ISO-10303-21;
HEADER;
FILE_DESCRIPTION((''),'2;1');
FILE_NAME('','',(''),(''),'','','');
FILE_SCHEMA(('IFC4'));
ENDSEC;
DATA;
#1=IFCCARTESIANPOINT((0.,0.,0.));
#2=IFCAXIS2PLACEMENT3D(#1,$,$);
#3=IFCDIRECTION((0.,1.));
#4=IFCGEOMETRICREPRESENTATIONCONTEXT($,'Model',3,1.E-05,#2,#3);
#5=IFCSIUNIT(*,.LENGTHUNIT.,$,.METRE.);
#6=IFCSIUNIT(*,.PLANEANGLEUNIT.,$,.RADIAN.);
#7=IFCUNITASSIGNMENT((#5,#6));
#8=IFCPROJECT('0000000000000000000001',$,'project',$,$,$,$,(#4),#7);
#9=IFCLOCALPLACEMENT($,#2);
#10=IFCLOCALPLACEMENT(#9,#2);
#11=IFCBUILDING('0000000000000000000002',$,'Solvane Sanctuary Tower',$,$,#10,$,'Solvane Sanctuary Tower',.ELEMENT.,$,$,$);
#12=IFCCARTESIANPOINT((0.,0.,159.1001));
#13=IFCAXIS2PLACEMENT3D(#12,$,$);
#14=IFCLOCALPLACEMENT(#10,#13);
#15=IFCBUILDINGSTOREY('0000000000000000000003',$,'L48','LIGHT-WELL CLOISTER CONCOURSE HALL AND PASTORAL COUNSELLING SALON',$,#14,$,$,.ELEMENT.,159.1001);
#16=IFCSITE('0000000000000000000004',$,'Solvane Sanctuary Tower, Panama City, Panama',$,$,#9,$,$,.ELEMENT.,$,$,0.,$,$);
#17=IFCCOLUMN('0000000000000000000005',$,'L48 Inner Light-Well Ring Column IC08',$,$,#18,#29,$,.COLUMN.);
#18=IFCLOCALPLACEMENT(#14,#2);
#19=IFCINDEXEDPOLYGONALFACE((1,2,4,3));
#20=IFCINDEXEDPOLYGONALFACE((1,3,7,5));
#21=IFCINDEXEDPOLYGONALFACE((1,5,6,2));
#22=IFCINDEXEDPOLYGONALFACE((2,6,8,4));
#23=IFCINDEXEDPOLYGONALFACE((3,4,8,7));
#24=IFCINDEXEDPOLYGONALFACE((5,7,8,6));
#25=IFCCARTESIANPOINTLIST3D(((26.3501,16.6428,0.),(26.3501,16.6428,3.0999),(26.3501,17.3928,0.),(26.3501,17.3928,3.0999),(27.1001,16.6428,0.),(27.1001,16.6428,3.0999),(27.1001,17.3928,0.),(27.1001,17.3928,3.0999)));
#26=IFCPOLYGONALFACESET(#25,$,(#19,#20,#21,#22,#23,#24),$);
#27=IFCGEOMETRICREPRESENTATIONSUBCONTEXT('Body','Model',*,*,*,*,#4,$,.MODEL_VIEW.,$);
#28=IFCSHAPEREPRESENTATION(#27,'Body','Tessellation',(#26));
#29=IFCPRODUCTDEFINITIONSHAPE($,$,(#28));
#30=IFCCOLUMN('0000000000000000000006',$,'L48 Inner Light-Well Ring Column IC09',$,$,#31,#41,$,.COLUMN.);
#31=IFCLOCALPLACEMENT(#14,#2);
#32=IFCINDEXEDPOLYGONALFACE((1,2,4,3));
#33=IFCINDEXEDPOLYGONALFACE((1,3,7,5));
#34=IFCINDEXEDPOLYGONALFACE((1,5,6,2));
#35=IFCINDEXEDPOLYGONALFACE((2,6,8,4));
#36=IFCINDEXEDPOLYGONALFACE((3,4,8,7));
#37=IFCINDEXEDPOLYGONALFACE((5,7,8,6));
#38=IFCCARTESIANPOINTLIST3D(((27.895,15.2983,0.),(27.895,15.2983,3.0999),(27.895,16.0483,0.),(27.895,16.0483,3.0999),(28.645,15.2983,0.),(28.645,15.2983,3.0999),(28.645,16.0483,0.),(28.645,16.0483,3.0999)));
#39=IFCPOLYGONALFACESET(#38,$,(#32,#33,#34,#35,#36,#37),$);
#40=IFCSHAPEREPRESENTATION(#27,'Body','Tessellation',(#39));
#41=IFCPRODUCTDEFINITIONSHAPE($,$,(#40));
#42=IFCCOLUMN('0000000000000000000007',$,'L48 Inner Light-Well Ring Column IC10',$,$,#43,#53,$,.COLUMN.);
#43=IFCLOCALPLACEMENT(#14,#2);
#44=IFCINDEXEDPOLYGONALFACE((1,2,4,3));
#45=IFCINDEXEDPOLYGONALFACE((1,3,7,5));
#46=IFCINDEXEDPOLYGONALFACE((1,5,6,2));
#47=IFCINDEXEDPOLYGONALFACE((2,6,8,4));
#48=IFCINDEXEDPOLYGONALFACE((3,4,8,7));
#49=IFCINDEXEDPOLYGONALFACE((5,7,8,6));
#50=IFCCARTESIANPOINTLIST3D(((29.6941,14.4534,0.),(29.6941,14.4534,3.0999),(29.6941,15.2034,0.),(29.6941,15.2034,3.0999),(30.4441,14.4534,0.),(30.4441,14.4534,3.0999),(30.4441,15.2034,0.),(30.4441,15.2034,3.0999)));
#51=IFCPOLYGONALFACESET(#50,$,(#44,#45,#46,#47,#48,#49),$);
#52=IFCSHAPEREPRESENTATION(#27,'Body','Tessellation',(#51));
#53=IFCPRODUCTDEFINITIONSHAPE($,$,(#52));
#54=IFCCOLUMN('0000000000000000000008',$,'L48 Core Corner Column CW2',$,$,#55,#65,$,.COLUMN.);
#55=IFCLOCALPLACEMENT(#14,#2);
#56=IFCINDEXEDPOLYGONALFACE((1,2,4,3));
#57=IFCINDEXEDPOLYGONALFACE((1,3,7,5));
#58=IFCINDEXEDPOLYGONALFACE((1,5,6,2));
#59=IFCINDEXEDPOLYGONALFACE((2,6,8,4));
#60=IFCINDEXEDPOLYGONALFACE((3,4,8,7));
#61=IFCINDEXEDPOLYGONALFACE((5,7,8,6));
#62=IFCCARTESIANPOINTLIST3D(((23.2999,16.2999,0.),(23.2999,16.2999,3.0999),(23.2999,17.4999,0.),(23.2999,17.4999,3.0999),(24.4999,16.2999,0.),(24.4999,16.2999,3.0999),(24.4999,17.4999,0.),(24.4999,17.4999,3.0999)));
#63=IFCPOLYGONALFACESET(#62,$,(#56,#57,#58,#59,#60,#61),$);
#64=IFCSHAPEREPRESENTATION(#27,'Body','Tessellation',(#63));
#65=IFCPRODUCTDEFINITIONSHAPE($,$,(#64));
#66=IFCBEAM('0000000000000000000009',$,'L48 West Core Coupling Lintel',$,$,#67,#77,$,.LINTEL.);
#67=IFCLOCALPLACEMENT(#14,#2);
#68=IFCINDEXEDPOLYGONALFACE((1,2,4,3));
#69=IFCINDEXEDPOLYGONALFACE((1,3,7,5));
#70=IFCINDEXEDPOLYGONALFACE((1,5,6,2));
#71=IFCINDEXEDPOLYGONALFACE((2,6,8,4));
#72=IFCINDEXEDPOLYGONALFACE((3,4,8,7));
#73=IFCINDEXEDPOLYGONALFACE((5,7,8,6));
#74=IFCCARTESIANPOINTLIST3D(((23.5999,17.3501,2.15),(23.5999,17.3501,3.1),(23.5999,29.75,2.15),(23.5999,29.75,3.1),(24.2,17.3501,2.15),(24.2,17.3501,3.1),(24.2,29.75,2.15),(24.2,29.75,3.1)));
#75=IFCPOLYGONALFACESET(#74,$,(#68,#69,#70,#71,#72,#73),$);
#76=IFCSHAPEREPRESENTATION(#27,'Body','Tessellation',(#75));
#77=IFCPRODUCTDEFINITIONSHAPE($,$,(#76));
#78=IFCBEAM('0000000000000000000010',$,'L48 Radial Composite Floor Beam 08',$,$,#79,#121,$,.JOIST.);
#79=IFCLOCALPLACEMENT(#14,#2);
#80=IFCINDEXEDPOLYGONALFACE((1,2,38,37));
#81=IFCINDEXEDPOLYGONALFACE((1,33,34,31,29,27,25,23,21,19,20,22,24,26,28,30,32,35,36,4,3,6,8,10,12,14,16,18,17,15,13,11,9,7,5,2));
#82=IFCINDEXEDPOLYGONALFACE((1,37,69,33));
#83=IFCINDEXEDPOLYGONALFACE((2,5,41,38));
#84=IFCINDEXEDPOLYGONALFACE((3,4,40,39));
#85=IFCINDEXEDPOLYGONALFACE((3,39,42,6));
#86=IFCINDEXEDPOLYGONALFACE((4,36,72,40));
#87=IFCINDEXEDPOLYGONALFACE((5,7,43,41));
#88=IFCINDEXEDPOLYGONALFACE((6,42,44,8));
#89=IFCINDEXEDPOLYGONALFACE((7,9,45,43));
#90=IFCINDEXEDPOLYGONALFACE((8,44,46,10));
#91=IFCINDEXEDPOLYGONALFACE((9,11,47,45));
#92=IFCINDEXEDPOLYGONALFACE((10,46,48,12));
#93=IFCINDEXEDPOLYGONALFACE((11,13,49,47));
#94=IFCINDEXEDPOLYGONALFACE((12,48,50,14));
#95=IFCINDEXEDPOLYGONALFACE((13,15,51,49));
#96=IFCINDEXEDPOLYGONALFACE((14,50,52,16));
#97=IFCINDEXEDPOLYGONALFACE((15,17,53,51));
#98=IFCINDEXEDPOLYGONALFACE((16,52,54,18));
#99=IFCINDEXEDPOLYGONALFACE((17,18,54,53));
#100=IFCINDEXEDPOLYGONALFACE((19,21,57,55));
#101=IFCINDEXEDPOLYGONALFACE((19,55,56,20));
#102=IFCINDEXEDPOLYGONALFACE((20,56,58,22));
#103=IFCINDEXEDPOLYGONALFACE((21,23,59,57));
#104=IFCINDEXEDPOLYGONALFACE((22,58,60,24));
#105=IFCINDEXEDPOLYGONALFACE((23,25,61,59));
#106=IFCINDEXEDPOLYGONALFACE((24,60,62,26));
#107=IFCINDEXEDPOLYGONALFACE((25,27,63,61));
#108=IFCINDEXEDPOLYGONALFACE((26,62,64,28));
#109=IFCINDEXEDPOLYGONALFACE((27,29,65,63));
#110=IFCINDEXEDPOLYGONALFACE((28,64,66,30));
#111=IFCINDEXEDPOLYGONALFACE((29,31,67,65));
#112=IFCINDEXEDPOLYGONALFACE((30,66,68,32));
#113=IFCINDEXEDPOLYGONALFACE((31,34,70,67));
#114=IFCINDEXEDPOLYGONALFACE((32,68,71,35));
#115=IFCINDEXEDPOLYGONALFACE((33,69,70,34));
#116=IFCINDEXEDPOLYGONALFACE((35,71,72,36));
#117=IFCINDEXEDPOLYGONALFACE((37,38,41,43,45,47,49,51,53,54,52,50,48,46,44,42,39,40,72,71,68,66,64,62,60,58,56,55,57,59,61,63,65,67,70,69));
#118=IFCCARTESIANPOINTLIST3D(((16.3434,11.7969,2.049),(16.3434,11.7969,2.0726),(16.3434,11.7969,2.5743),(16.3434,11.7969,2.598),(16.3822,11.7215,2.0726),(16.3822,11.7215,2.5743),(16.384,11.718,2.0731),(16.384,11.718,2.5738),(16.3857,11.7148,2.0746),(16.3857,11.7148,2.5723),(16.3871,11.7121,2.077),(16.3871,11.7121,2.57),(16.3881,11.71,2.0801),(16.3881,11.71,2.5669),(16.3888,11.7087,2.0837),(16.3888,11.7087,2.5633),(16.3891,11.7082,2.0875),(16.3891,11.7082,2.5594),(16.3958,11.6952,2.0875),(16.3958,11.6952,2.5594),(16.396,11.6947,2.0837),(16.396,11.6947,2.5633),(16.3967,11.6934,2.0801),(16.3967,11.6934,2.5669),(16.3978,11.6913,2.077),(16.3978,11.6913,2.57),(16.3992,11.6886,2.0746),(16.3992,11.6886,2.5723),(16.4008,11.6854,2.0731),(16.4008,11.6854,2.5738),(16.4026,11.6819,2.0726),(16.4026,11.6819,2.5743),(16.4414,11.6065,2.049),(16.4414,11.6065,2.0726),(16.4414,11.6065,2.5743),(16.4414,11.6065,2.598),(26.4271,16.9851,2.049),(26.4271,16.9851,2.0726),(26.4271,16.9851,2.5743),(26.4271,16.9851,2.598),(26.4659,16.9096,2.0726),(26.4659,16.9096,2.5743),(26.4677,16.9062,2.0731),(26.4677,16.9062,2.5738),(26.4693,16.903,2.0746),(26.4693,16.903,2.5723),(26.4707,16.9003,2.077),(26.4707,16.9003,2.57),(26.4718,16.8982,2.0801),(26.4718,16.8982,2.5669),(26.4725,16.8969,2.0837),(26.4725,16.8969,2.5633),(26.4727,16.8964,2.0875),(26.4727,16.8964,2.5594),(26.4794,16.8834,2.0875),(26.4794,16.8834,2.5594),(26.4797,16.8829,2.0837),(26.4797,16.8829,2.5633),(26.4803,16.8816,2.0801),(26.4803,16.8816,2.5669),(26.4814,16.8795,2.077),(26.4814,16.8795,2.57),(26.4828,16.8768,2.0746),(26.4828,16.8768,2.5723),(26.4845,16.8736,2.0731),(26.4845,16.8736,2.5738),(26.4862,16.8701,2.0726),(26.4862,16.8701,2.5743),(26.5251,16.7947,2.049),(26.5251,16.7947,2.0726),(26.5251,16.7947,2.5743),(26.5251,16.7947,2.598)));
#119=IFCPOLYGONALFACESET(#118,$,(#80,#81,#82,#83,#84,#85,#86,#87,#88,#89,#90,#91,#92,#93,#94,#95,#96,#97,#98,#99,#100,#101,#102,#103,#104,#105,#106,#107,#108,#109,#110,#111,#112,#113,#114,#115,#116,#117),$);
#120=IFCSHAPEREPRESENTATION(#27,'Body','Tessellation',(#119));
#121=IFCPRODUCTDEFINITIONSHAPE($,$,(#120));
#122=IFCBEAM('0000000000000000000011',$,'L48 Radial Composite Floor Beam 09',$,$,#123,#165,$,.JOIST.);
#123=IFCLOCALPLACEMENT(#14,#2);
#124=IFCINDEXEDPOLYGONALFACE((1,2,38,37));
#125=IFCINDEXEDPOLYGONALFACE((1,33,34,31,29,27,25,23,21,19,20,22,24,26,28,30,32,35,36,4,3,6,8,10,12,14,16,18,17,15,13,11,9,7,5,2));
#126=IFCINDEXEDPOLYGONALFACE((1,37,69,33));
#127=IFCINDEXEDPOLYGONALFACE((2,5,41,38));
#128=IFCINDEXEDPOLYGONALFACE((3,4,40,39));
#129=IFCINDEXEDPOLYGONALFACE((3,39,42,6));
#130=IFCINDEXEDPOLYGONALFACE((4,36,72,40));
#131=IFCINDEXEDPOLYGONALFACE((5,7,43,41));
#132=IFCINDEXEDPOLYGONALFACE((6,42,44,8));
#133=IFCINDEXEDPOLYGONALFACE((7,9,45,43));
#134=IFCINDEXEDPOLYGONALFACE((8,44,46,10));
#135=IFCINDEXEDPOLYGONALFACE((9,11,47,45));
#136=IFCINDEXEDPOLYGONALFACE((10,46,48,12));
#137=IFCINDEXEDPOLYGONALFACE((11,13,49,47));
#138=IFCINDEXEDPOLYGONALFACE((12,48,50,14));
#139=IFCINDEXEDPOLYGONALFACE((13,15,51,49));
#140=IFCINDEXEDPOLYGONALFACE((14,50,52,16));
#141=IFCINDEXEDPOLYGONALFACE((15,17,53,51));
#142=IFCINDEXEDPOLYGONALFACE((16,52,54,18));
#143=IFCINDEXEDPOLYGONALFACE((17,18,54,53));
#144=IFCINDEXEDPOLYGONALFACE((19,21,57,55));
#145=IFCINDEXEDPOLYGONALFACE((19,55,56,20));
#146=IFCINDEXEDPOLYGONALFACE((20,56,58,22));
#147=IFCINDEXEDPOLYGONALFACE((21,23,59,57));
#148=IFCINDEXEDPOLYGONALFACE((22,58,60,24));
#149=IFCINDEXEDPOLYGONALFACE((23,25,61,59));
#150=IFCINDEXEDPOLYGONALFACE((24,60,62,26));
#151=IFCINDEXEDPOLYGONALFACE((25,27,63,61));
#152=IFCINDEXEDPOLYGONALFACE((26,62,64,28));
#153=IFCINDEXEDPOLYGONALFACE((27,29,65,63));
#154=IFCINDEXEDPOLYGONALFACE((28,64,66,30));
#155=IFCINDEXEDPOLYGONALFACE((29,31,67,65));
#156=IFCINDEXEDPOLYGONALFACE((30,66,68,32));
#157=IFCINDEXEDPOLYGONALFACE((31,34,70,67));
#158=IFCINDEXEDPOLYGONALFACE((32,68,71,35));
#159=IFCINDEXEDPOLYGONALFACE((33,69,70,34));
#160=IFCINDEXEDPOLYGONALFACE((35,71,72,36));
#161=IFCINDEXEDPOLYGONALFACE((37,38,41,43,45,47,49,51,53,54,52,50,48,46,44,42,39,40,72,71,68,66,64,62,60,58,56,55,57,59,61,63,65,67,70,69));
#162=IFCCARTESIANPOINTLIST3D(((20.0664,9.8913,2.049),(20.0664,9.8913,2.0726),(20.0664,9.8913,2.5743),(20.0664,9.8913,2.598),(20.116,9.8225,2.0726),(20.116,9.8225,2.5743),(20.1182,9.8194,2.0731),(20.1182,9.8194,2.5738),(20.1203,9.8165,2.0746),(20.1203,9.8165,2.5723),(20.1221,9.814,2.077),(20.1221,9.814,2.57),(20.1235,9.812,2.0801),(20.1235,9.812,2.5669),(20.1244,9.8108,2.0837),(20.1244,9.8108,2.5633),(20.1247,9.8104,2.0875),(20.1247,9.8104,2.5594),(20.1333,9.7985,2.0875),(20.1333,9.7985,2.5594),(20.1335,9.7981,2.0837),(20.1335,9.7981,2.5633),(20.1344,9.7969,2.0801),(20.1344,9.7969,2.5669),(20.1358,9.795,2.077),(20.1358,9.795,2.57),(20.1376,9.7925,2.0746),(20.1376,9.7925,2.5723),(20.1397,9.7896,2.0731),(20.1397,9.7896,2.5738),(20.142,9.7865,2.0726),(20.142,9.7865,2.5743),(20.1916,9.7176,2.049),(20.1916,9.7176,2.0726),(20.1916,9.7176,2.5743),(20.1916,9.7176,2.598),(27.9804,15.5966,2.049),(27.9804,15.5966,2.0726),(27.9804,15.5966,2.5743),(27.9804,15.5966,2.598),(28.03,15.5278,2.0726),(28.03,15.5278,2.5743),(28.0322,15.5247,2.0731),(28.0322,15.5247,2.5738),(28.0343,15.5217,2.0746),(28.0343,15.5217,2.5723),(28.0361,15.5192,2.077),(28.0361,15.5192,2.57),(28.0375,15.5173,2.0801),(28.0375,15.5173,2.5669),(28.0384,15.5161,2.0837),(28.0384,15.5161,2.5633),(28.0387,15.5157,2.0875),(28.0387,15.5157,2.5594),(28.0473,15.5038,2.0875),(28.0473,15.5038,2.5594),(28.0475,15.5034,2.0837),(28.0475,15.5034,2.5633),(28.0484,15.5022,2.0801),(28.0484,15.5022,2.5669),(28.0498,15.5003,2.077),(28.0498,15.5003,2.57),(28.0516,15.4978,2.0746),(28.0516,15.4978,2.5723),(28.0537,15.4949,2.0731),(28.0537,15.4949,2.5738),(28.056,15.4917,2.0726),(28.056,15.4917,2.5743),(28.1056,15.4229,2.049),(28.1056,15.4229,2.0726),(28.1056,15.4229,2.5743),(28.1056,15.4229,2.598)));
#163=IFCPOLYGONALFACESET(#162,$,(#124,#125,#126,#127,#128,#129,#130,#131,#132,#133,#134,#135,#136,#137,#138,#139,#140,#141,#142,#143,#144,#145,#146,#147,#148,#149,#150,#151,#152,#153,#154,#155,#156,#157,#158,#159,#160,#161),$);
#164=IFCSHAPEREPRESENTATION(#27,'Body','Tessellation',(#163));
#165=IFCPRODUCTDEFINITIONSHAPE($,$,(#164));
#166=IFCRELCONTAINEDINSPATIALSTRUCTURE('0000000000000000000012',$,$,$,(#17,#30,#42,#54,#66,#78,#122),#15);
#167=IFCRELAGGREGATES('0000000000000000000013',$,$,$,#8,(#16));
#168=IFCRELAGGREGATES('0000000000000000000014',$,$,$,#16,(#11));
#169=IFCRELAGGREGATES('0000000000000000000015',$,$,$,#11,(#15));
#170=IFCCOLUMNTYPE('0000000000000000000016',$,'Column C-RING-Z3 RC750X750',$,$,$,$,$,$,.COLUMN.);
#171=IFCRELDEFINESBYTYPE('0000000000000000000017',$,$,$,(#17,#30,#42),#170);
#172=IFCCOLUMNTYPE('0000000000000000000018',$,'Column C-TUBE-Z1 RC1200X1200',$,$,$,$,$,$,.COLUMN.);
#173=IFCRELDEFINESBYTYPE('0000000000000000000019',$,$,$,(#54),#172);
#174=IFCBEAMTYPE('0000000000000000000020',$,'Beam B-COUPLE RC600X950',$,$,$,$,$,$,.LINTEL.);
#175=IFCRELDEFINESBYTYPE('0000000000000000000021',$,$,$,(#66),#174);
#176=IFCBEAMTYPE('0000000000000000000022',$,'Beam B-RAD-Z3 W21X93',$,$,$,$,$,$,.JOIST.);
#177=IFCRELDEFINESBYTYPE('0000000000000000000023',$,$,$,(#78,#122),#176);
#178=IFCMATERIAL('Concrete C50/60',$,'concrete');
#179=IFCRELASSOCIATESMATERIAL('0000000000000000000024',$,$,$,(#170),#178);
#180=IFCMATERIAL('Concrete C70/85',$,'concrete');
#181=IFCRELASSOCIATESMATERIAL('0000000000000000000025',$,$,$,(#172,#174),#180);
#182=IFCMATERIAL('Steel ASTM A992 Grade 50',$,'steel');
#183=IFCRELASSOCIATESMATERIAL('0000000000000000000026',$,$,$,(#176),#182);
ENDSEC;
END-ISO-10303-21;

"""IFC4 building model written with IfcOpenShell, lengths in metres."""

from ifc_helpers import new_model, si_unit, direction, frame, origin, origin_2d, place, context, subcontext, project, spatial, rectangle, i_section, extrude, material, material_profile, profile_set, type_object, element, save


model = new_model("IFC4")

# Units and contexts
model_context = context("Model", 3, precision=1e-05, world=origin(), true_north=direction((0.0, 1.0)))
body_context = subcontext(model_context, "Body", "Model", "MODEL_VIEW")
ifc_project = project(units=[si_unit("LENGTHUNIT", "METRE"), si_unit("PLANEANGLEUNIT", "RADIAN")], contexts=[model_context])

# Site, building, storey
site_placement = place(None, origin())
site = spatial("IfcSite", under=ifc_project, at=site_placement, Name="Solvane Sanctuary Tower, Panama City, Panama", CompositionType="ELEMENT", RefElevation=0.0)
building_placement = place(site_placement, origin())
building = spatial("IfcBuilding", under=site, at=building_placement, Name="Solvane Sanctuary Tower", LongName="Solvane Sanctuary Tower", CompositionType="ELEMENT")
storey_placement = place(building_placement, frame((0.0, 0.0, 159.1001)))
storey = spatial("IfcBuildingStorey", under=building, at=storey_placement, Name="L48", Description="LIGHT-WELL CLOISTER CONCOURSE HALL AND PASTORAL COUNSELLING SALON", CompositionType="ELEMENT", Elevation=159.1001)

# Columns
ifc_material_1 = material(Name="Concrete C50/60", Category="concrete")
ifc_material_profile_1 = material_profile(ifc_material_1, rectangle(XDim=0.75, YDim=0.75, at=origin_2d()), Name="RC750X750")
ifc_profile_set_1 = profile_set([ifc_material_profile_1], Name="Concrete C50/60")
column_type_1 = type_object("IfcColumnType", Name="Column C-RING-Z3 RC750X750", PredefinedType="COLUMN", material=ifc_profile_set_1)
for number, where, z_axis, x_axis, name in (
    (1, (26.7251, 17.0178, 0.0), (0.0, 0.0, 1.0), (1.0, 0.0, 0.0), "L48 Inner Light-Well Ring Column IC08"),
    (2, (28.27, 15.6733, 0.0), (0.0, 0.0, 1.0), (1.0, 0.0, 0.0), "L48 Inner Light-Well Ring Column IC09"),
    (3, (30.0691, 14.8284, 0.0), (0.0, 0.0, 1.0), (1.0, 0.0, 0.0), "L48 Inner Light-Well Ring Column IC10"),
):
    element("IfcColumn", number, at=place(storey_placement, frame(where, z_axis=z_axis, x_axis=x_axis)), inside=storey, type_object=column_type_1, Name=name, PredefinedType="COLUMN", context=body_context, shape_type="SweptSolid", body=[
        extrude(rectangle(XDim=0.75, YDim=0.75, at=origin_2d()), origin(), (0.0, 0.0, 1.0), 3.0999),
    ])
ifc_material_2 = material(Name="Concrete C70/85", Category="concrete")
ifc_material_profile_2 = material_profile(ifc_material_2, rectangle(XDim=1.2, YDim=1.2, at=origin_2d()), Name="RC1200X1200")
ifc_profile_set_2 = profile_set([ifc_material_profile_2], Name="Concrete C70/85")
column_type_2 = type_object("IfcColumnType", Name="Column C-TUBE-Z1 RC1200X1200", PredefinedType="COLUMN", material=ifc_profile_set_2)
column_placement = place(storey_placement, frame((23.8999, 16.8999, 0.0), z_axis=(0.0, 0.0, 1.0), x_axis=(1.0, 0.0, 0.0)))
element("IfcColumn", 4, at=column_placement, inside=storey, type_object=column_type_2, Name="L48 Core Corner Column CW2", PredefinedType="COLUMN", context=body_context, shape_type="SweptSolid", body=[
    extrude(rectangle(XDim=1.2, YDim=1.2, at=origin_2d()), origin(), (0.0, 0.0, 1.0), 3.0999),
])

# Beams
ifc_material_profile_3 = material_profile(ifc_material_2, rectangle(XDim=0.6001, YDim=0.95, at=origin_2d()), Name="RC600X950")
ifc_profile_set_3 = profile_set([ifc_material_profile_3], Name="Concrete C70/85")
beam_type_1 = type_object("IfcBeamType", Name="Beam B-COUPLE RC600X950", PredefinedType="LINTEL", material=ifc_profile_set_3)
beam_1_placement = place(storey_placement, frame((23.8999, 17.3501, 2.625), z_axis=(0.0, 1.0, 0.0), x_axis=(-1.0, 0.0, 0.0)))
element("IfcBeam", 5, at=beam_1_placement, inside=storey, type_object=beam_type_1, Name="L48 West Core Coupling Lintel", PredefinedType="LINTEL", context=body_context, shape_type="SweptSolid", body=[
    extrude(rectangle(XDim=0.6001, YDim=0.95, at=origin_2d()), origin(), (0.0, 0.0, 1.0), 12.3999),
])
ifc_material_3 = material(Name="Steel ASTM A992 Grade 50", Category="steel")
ifc_material_profile_4 = material_profile(ifc_material_3, i_section(OverallWidth=0.2141, OverallDepth=0.5491, WebThickness=0.0146, FlangeThickness=0.0237, FilletRadius=0.0149, at=origin_2d()), Name="W21X93")
ifc_profile_set_4 = profile_set([ifc_material_profile_4], Name="Steel ASTM A992 Grade 50")
beam_type_2 = type_object("IfcBeamType", Name="Beam B-RAD-Z3 W21X93", PredefinedType="JOIST", material=ifc_profile_set_4)
beam_2_placement = place(storey_placement, frame((26.4761, 16.8899, 2.3235), z_axis=(-0.889205, -0.457509, 0.0), x_axis=(0.457509, -0.889205, 0.0)))
element("IfcBeam", 6, at=beam_2_placement, inside=storey, type_object=beam_type_2, Name="L48 Radial Composite Floor Beam 08", PredefinedType="JOIST", context=body_context, shape_type="SweptSolid", body=[
    extrude(i_section(OverallWidth=0.2141, OverallDepth=0.5491, WebThickness=0.0146, FlangeThickness=0.0237, FilletRadius=0.0149, at=origin_2d()), origin(), (0.0, 0.0, 1.0), 11.3401),
])
beam_3_placement = place(storey_placement, frame((28.043, 15.5098, 2.3235), z_axis=(-0.811184, -0.58479, 0.0), x_axis=(0.58479, -0.811184, 0.0)))
element("IfcBeam", 7, at=beam_3_placement, inside=storey, type_object=beam_type_2, Name="L48 Radial Composite Floor Beam 09", PredefinedType="JOIST", context=body_context, shape_type="SweptSolid", body=[
    extrude(i_section(OverallWidth=0.2141, OverallDepth=0.5491, WebThickness=0.0146, FlangeThickness=0.0237, FilletRadius=0.0149, at=origin_2d()), origin(), (0.0, 0.0, 1.0), 9.7561),
])

save(model, "model.ifc")
